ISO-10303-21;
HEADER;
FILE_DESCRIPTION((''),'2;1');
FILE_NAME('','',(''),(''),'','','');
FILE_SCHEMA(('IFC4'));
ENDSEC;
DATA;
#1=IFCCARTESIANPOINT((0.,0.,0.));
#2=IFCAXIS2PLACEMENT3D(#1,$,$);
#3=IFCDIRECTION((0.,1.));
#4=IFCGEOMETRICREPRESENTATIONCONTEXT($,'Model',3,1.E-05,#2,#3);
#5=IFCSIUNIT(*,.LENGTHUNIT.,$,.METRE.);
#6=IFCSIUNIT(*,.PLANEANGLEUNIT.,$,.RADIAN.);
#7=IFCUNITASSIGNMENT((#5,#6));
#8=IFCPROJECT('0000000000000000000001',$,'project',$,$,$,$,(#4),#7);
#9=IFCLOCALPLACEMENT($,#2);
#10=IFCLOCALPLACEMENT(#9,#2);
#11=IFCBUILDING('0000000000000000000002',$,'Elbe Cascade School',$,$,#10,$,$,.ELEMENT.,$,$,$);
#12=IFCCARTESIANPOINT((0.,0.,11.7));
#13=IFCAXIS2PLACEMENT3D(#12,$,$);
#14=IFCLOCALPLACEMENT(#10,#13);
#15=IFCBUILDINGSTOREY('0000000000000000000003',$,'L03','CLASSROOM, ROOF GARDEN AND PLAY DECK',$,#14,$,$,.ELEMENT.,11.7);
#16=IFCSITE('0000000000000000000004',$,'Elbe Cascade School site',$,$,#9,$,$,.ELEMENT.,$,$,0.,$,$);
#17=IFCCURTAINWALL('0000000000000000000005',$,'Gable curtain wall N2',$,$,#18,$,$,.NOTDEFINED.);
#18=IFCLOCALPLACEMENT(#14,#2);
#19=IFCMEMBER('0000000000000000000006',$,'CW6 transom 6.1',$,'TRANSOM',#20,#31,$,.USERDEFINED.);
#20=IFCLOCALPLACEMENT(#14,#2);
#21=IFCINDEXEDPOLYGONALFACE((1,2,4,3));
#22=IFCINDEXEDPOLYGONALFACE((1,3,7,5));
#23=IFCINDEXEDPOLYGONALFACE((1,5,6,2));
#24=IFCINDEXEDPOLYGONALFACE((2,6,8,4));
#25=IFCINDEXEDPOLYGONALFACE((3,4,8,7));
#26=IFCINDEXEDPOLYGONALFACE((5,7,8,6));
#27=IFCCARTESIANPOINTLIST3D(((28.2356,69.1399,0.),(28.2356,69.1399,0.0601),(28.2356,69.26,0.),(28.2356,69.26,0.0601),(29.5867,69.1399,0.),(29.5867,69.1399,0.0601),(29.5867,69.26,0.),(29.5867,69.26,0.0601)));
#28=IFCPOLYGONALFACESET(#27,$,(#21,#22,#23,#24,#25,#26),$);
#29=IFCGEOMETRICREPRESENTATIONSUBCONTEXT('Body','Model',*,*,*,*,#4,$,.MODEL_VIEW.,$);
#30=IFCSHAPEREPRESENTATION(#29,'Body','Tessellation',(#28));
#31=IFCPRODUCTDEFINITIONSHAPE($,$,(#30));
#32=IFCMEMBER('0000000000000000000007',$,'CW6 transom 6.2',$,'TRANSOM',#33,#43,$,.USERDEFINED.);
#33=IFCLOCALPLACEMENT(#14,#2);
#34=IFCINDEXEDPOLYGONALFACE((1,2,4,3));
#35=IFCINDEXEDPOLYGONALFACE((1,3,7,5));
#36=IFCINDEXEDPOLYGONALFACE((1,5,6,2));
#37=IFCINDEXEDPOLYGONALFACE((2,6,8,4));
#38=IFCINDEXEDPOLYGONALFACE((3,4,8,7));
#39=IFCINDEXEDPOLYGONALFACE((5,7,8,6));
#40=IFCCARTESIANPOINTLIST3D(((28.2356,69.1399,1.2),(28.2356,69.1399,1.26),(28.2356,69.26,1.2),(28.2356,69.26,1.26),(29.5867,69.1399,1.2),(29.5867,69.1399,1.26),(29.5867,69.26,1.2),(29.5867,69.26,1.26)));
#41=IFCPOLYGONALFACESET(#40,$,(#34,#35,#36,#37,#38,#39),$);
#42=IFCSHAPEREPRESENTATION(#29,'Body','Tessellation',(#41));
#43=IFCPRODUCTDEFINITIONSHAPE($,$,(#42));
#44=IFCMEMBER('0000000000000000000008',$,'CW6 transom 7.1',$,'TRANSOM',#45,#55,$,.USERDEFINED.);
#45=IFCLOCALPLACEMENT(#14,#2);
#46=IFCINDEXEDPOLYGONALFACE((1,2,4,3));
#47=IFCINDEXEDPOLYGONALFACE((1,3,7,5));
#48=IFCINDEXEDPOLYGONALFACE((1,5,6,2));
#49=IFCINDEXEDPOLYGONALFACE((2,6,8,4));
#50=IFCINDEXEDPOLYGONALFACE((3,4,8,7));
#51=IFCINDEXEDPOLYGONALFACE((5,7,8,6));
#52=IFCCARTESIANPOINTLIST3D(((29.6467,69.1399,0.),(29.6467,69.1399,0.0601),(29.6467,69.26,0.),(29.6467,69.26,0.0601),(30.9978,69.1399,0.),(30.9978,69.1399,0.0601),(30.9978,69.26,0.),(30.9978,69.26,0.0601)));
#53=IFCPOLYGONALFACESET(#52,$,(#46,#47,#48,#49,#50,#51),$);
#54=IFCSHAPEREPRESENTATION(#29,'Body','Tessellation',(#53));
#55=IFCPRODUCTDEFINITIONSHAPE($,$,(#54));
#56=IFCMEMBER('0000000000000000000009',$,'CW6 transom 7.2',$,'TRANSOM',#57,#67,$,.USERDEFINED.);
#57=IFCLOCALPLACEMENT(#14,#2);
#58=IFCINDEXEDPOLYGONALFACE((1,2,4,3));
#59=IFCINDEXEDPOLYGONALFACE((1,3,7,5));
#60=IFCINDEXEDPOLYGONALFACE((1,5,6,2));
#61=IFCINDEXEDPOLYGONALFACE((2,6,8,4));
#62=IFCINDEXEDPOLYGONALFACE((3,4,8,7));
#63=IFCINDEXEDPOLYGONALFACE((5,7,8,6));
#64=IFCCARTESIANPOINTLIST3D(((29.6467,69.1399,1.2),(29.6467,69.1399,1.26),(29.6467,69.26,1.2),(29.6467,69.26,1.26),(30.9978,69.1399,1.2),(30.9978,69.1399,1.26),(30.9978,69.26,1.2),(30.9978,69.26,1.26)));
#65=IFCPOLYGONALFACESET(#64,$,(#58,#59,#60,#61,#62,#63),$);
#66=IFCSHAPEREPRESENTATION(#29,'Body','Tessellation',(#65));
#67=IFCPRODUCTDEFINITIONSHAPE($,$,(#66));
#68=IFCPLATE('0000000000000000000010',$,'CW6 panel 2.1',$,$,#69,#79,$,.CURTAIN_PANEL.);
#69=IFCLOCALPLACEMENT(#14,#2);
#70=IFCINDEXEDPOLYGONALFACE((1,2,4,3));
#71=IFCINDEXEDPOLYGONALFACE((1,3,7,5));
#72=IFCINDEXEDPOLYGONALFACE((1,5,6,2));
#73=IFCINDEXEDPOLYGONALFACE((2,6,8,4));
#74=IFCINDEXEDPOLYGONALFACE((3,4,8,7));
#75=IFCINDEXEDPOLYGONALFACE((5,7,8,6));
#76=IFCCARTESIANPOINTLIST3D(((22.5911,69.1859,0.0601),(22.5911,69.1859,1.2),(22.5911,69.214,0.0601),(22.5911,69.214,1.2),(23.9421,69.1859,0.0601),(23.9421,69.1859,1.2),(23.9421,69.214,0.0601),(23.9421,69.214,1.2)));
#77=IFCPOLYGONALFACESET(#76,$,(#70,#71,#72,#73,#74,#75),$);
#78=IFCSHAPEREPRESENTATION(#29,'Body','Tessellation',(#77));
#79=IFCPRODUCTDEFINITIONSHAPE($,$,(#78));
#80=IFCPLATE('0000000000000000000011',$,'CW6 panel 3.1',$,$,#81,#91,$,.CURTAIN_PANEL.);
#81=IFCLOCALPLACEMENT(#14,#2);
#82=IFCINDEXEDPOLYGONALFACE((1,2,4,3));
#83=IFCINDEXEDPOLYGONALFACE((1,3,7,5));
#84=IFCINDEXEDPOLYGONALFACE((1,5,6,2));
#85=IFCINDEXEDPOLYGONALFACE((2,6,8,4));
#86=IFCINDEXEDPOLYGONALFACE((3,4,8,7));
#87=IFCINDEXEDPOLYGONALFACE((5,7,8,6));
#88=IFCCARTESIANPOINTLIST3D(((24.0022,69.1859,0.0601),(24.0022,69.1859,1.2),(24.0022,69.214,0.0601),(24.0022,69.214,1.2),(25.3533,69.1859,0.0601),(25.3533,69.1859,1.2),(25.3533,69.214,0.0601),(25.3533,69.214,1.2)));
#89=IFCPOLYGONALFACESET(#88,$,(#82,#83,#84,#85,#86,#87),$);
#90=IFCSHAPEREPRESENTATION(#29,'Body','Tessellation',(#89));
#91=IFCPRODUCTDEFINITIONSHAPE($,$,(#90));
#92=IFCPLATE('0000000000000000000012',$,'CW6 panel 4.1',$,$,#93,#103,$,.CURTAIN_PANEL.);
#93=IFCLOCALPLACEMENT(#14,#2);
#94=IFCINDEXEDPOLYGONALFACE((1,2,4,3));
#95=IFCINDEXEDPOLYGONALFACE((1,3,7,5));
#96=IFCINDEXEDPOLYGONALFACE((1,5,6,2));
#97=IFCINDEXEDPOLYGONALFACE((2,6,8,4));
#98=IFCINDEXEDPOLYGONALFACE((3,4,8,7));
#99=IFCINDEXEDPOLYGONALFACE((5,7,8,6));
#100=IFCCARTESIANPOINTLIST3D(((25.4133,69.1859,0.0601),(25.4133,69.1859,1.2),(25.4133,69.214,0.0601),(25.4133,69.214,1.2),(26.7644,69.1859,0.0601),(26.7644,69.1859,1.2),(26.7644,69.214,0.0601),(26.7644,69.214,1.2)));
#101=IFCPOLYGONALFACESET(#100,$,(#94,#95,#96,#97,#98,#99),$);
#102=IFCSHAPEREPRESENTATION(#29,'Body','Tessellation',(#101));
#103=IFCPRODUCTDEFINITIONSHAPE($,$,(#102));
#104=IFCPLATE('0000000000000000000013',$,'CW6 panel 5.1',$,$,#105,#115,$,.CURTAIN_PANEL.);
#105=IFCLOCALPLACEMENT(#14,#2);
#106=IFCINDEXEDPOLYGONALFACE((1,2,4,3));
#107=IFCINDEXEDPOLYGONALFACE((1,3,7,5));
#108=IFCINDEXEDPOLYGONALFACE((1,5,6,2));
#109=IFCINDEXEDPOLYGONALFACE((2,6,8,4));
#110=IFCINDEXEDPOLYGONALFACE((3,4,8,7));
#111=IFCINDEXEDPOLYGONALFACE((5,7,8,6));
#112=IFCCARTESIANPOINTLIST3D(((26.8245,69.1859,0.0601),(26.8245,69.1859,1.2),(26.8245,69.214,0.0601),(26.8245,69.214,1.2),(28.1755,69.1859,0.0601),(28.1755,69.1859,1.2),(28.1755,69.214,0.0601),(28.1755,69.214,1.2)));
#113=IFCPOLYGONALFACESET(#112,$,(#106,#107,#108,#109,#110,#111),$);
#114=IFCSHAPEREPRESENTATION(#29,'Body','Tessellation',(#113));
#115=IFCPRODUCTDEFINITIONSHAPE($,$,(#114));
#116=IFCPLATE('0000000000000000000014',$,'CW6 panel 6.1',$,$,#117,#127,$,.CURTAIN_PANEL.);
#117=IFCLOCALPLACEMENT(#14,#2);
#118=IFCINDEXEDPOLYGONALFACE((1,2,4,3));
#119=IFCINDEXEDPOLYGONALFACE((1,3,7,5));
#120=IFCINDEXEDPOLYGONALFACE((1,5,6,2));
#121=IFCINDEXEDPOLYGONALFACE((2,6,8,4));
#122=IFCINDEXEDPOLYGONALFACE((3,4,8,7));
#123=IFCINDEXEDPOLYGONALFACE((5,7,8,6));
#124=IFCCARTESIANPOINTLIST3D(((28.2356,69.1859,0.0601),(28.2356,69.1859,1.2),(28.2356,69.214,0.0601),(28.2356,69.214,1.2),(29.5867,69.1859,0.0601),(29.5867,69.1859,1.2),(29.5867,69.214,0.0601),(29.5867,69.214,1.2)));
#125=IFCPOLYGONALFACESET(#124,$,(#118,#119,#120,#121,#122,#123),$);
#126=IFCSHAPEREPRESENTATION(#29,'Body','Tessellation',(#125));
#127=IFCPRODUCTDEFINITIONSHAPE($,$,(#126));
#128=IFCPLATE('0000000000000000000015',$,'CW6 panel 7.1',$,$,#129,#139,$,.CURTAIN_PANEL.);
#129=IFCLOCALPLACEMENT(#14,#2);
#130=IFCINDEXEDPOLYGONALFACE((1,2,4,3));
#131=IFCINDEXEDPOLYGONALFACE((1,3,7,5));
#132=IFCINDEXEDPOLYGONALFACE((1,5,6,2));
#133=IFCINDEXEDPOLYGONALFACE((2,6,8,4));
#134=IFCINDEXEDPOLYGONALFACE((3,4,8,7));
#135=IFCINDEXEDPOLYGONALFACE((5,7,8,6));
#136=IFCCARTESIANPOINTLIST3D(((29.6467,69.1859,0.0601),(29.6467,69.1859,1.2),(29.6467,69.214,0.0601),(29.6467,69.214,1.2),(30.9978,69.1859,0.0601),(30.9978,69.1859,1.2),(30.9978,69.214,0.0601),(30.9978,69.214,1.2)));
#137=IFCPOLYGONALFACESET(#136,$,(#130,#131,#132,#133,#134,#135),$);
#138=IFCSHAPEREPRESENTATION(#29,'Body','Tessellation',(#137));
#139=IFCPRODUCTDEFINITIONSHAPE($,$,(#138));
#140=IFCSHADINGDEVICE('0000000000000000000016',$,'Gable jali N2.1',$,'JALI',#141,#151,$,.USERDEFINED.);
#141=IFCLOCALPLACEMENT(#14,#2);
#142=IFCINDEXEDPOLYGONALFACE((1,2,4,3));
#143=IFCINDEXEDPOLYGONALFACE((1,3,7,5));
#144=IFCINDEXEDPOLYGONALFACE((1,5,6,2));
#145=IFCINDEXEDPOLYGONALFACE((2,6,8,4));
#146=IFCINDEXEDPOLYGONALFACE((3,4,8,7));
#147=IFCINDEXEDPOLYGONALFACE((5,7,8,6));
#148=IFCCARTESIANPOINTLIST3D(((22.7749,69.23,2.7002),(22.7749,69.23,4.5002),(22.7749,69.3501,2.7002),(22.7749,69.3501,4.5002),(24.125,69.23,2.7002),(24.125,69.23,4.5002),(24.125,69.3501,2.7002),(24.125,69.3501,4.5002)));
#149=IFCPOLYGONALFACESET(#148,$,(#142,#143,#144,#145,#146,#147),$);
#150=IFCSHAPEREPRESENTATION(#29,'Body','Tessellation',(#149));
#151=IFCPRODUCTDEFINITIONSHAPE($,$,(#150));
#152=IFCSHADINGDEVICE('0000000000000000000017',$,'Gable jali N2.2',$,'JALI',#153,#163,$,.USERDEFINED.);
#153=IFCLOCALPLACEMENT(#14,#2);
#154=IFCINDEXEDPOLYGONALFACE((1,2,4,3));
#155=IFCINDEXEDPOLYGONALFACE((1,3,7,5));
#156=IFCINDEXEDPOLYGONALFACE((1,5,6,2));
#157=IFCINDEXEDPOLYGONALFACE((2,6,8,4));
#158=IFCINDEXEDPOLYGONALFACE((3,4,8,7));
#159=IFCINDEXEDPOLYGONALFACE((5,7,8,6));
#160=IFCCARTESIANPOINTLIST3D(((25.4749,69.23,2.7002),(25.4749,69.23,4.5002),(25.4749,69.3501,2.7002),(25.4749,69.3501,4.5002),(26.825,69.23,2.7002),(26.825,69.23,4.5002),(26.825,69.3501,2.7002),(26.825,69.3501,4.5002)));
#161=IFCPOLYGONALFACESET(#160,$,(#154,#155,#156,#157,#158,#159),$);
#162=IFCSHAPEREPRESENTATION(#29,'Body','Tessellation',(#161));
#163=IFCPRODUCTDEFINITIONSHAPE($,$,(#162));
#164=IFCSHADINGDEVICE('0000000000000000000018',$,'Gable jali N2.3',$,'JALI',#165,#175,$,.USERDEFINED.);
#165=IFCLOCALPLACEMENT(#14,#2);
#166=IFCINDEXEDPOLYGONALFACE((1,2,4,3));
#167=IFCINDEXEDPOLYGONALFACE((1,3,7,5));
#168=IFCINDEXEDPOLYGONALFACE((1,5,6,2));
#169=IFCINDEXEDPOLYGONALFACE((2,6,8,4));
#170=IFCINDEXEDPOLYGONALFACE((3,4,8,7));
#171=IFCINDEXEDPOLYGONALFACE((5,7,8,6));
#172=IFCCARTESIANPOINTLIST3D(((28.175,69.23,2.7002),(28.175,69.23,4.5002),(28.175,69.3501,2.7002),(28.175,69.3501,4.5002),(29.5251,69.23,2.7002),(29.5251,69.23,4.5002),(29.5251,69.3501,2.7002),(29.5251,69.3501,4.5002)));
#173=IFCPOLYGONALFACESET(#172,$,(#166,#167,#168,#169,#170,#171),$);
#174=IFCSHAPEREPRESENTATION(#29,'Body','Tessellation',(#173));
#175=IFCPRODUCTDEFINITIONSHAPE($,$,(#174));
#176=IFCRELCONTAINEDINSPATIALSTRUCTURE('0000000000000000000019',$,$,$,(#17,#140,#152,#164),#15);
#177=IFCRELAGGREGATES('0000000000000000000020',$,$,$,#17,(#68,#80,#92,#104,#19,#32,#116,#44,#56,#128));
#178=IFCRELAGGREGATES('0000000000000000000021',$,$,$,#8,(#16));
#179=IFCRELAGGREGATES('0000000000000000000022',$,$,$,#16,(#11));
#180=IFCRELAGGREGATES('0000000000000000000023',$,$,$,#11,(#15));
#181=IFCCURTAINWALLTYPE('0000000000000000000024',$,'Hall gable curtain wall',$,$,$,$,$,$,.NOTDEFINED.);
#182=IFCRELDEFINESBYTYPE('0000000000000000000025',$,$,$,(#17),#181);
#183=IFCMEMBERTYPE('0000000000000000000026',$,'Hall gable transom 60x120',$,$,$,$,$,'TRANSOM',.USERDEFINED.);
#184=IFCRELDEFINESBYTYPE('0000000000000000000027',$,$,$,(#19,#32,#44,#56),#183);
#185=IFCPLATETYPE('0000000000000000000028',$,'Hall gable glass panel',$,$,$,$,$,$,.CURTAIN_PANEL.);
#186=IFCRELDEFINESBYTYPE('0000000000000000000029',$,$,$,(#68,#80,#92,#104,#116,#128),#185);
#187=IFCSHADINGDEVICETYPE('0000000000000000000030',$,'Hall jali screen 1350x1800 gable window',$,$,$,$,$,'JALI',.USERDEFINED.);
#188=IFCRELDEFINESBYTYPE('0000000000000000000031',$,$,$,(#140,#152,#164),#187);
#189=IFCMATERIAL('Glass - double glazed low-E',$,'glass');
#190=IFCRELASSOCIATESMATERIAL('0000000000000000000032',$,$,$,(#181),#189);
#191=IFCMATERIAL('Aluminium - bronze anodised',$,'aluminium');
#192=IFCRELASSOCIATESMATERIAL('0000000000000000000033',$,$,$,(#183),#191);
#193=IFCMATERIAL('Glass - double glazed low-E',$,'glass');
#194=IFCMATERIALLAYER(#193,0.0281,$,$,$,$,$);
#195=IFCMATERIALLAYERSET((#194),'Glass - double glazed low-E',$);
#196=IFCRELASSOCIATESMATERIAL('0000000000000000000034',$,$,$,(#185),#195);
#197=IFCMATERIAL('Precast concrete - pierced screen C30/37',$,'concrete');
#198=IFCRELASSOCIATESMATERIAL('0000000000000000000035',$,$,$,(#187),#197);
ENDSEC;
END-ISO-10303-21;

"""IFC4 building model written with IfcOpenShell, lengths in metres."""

from ifc_helpers import new_model, si_unit, direction, frame, origin, origin_2d, place, context, subcontext, project, spatial, rectangle, extrude, material, layer, layer_set, material_profile, profile_set, type_object, element, aggregate, save


model = new_model("IFC4")

# Units and contexts
model_context = context("Model", 3, precision=1e-05, world=origin(), true_north=direction((0.0, 1.0)))
body_context = subcontext(model_context, "Body", "Model", "MODEL_VIEW")
ifc_project = project(units=[si_unit("LENGTHUNIT", "METRE"), si_unit("PLANEANGLEUNIT", "RADIAN")], contexts=[model_context])

# Site, building, storey
site_placement = place(None, origin())
site = spatial("IfcSite", under=ifc_project, at=site_placement, Name="Elbe Cascade School site", CompositionType="ELEMENT", RefElevation=0.0)
building_placement = place(site_placement, origin())
building = spatial("IfcBuilding", under=site, at=building_placement, Name="Elbe Cascade School", CompositionType="ELEMENT")
storey_placement = place(building_placement, frame((0.0, 0.0, 11.7)))
storey = spatial("IfcBuildingStorey", under=building, at=storey_placement, Name="L03", Description="CLASSROOM, ROOF GARDEN AND PLAY DECK", CompositionType="ELEMENT", Elevation=11.7)

# Curtain wall, members, plates
ifc_material_1 = material(Name="Glass - double glazed low-E", Category="glass")
curtain_wall_type = type_object("IfcCurtainWallType", Name="Hall gable curtain wall", PredefinedType="NOTDEFINED", material=ifc_material_1)
curtain_wall_placement = place(storey_placement, origin())
curtain_wall = element("IfcCurtainWall", 1, at=curtain_wall_placement, inside=storey, type_object=curtain_wall_type, Name="Gable curtain wall N2", PredefinedType="NOTDEFINED")
ifc_material_2 = material(Name="Aluminium - bronze anodised", Category="aluminium")
ifc_material_profile_1 = material_profile(ifc_material_2, rectangle(XDim=0.1201, YDim=0.0601, at=origin_2d()), Name="Alu 60x120")
ifc_profile_set_1 = profile_set([ifc_material_profile_1], Name="Aluminium - bronze anodised")
member_type_1 = type_object("IfcMemberType", Name="Hall gable transom 60x120", ElementType="TRANSOM", PredefinedType="USERDEFINED", material=ifc_profile_set_1)
member_1_placement = place(storey_placement, frame((28.2356, 69.2, 0.03), z_axis=(1.0, 0.0, 0.0), x_axis=(0.0, 1.0, 0.0)))
member_1 = element("IfcMember", 2, at=member_1_placement, type_object=member_type_1, Name="CW6 transom 6.1", ObjectType="TRANSOM", PredefinedType="USERDEFINED", context=body_context, shape_type="SweptSolid", body=[
    extrude(rectangle(XDim=0.1201, YDim=0.0601, at=origin_2d()), origin(), (0.0, 0.0, 1.0), 1.3511),
])
member_2_placement = place(storey_placement, frame((28.2356, 69.2, 1.23), z_axis=(1.0, 0.0, 0.0), x_axis=(0.0, 1.0, 0.0)))
member_2 = element("IfcMember", 3, at=member_2_placement, type_object=member_type_1, Name="CW6 transom 6.2", ObjectType="TRANSOM", PredefinedType="USERDEFINED", context=body_context, shape_type="SweptSolid", body=[
    extrude(rectangle(XDim=0.1201, YDim=0.0601, at=origin_2d()), origin(), (0.0, 0.0, 1.0), 1.3511),
])
member_3_placement = place(storey_placement, frame((29.6467, 69.2, 0.03), z_axis=(1.0, 0.0, 0.0), x_axis=(0.0, 1.0, 0.0)))
member_3 = element("IfcMember", 4, at=member_3_placement, type_object=member_type_1, Name="CW6 transom 7.1", ObjectType="TRANSOM", PredefinedType="USERDEFINED", context=body_context, shape_type="SweptSolid", body=[
    extrude(rectangle(XDim=0.1201, YDim=0.0601, at=origin_2d()), origin(), (0.0, 0.0, 1.0), 1.3511),
])
member_4_placement = place(storey_placement, frame((29.6467, 69.2, 1.23), z_axis=(1.0, 0.0, 0.0), x_axis=(0.0, 1.0, 0.0)))
member_4 = element("IfcMember", 5, at=member_4_placement, type_object=member_type_1, Name="CW6 transom 7.2", ObjectType="TRANSOM", PredefinedType="USERDEFINED", context=body_context, shape_type="SweptSolid", body=[
    extrude(rectangle(XDim=0.1201, YDim=0.0601, at=origin_2d()), origin(), (0.0, 0.0, 1.0), 1.3511),
])
ifc_material_3 = material(Name="Glass - double glazed low-E", Category="glass")
ifc_layer = layer(ifc_material_3, 0.0281)
ifc_layer_set = layer_set([ifc_layer], Name="Glass - double glazed low-E")
plate_type = type_object("IfcPlateType", Name="Hall gable glass panel", PredefinedType="CURTAIN_PANEL", material=ifc_layer_set)
plate_1_placement = place(storey_placement, frame((23.2666, 69.2, 0.0601), z_axis=(0.0, 0.0, 1.0), x_axis=(1.0, 0.0, 0.0)))
plate_1 = element("IfcPlate", 6, at=plate_1_placement, type_object=plate_type, Name="CW6 panel 2.1", PredefinedType="CURTAIN_PANEL", context=body_context, shape_type="SweptSolid", body=[
    extrude(rectangle(XDim=1.3511, YDim=0.0281, at=origin_2d()), origin(), (0.0, 0.0, 1.0), 1.1399),
])
plate_2_placement = place(storey_placement, frame((24.6777, 69.2, 0.0601), z_axis=(0.0, 0.0, 1.0), x_axis=(1.0, 0.0, 0.0)))
plate_2 = element("IfcPlate", 7, at=plate_2_placement, type_object=plate_type, Name="CW6 panel 3.1", PredefinedType="CURTAIN_PANEL", context=body_context, shape_type="SweptSolid", body=[
    extrude(rectangle(XDim=1.3511, YDim=0.0281, at=origin_2d()), origin(), (0.0, 0.0, 1.0), 1.1399),
])
plate_3_placement = place(storey_placement, frame((26.0889, 69.2, 0.0601), z_axis=(0.0, 0.0, 1.0), x_axis=(1.0, 0.0, 0.0)))
plate_3 = element("IfcPlate", 8, at=plate_3_placement, type_object=plate_type, Name="CW6 panel 4.1", PredefinedType="CURTAIN_PANEL", context=body_context, shape_type="SweptSolid", body=[
    extrude(rectangle(XDim=1.3511, YDim=0.0281, at=origin_2d()), origin(), (0.0, 0.0, 1.0), 1.1399),
])
plate_4_placement = place(storey_placement, frame((27.5, 69.2, 0.0601), z_axis=(0.0, 0.0, 1.0), x_axis=(1.0, 0.0, 0.0)))
plate_4 = element("IfcPlate", 9, at=plate_4_placement, type_object=plate_type, Name="CW6 panel 5.1", PredefinedType="CURTAIN_PANEL", context=body_context, shape_type="SweptSolid", body=[
    extrude(rectangle(XDim=1.3511, YDim=0.0281, at=origin_2d()), origin(), (0.0, 0.0, 1.0), 1.1399),
])
plate_5_placement = place(storey_placement, frame((28.9111, 69.2, 0.0601), z_axis=(0.0, 0.0, 1.0), x_axis=(1.0, 0.0, 0.0)))
plate_5 = element("IfcPlate", 10, at=plate_5_placement, type_object=plate_type, Name="CW6 panel 6.1", PredefinedType="CURTAIN_PANEL", context=body_context, shape_type="SweptSolid", body=[
    extrude(rectangle(XDim=1.3511, YDim=0.0281, at=origin_2d()), origin(), (0.0, 0.0, 1.0), 1.1399),
])
plate_6_placement = place(storey_placement, frame((30.3223, 69.2, 0.0601), z_axis=(0.0, 0.0, 1.0), x_axis=(1.0, 0.0, 0.0)))
plate_6 = element("IfcPlate", 11, at=plate_6_placement, type_object=plate_type, Name="CW6 panel 7.1", PredefinedType="CURTAIN_PANEL", context=body_context, shape_type="SweptSolid", body=[
    extrude(rectangle(XDim=1.3511, YDim=0.0281, at=origin_2d()), origin(), (0.0, 0.0, 1.0), 1.1399),
])
aggregate(curtain_wall, [plate_1, plate_2, plate_3, plate_4, member_1, member_2, plate_5, member_3, member_4, plate_6])

# Shading devices
ifc_material_4 = material(Name="Precast concrete - pierced screen C30/37", Category="concrete")
shading_device_type = type_object("IfcShadingDeviceType", Name="Hall jali screen 1350x1800 gable window", ElementType="JALI", PredefinedType="USERDEFINED", material=ifc_material_4)
for number, where, z_axis, x_axis, name in (
    (12, (23.45, 69.29, 2.7002), (0.0, 0.0, 1.0), (1.0, 0.0, 0.0), "Gable jali N2.1"),
    (13, (26.1499, 69.29, 2.7002), (0.0, 0.0, 1.0), (1.0, 0.0, 0.0), "Gable jali N2.2"),
    (14, (28.8501, 69.29, 2.7002), (0.0, 0.0, 1.0), (1.0, 0.0, 0.0), "Gable jali N2.3"),
):
    element("IfcShadingDevice", number, at=place(storey_placement, frame(where, z_axis=z_axis, x_axis=x_axis)), inside=storey, type_object=shading_device_type, Name=name, ObjectType="JALI", PredefinedType="USERDEFINED", context=body_context, shape_type="SweptSolid", body=[
        extrude(rectangle(XDim=1.3501, YDim=0.1201, at=origin_2d()), origin(), (0.0, 0.0, 1.0), 1.8),
    ])

save(model, "model.ifc")
